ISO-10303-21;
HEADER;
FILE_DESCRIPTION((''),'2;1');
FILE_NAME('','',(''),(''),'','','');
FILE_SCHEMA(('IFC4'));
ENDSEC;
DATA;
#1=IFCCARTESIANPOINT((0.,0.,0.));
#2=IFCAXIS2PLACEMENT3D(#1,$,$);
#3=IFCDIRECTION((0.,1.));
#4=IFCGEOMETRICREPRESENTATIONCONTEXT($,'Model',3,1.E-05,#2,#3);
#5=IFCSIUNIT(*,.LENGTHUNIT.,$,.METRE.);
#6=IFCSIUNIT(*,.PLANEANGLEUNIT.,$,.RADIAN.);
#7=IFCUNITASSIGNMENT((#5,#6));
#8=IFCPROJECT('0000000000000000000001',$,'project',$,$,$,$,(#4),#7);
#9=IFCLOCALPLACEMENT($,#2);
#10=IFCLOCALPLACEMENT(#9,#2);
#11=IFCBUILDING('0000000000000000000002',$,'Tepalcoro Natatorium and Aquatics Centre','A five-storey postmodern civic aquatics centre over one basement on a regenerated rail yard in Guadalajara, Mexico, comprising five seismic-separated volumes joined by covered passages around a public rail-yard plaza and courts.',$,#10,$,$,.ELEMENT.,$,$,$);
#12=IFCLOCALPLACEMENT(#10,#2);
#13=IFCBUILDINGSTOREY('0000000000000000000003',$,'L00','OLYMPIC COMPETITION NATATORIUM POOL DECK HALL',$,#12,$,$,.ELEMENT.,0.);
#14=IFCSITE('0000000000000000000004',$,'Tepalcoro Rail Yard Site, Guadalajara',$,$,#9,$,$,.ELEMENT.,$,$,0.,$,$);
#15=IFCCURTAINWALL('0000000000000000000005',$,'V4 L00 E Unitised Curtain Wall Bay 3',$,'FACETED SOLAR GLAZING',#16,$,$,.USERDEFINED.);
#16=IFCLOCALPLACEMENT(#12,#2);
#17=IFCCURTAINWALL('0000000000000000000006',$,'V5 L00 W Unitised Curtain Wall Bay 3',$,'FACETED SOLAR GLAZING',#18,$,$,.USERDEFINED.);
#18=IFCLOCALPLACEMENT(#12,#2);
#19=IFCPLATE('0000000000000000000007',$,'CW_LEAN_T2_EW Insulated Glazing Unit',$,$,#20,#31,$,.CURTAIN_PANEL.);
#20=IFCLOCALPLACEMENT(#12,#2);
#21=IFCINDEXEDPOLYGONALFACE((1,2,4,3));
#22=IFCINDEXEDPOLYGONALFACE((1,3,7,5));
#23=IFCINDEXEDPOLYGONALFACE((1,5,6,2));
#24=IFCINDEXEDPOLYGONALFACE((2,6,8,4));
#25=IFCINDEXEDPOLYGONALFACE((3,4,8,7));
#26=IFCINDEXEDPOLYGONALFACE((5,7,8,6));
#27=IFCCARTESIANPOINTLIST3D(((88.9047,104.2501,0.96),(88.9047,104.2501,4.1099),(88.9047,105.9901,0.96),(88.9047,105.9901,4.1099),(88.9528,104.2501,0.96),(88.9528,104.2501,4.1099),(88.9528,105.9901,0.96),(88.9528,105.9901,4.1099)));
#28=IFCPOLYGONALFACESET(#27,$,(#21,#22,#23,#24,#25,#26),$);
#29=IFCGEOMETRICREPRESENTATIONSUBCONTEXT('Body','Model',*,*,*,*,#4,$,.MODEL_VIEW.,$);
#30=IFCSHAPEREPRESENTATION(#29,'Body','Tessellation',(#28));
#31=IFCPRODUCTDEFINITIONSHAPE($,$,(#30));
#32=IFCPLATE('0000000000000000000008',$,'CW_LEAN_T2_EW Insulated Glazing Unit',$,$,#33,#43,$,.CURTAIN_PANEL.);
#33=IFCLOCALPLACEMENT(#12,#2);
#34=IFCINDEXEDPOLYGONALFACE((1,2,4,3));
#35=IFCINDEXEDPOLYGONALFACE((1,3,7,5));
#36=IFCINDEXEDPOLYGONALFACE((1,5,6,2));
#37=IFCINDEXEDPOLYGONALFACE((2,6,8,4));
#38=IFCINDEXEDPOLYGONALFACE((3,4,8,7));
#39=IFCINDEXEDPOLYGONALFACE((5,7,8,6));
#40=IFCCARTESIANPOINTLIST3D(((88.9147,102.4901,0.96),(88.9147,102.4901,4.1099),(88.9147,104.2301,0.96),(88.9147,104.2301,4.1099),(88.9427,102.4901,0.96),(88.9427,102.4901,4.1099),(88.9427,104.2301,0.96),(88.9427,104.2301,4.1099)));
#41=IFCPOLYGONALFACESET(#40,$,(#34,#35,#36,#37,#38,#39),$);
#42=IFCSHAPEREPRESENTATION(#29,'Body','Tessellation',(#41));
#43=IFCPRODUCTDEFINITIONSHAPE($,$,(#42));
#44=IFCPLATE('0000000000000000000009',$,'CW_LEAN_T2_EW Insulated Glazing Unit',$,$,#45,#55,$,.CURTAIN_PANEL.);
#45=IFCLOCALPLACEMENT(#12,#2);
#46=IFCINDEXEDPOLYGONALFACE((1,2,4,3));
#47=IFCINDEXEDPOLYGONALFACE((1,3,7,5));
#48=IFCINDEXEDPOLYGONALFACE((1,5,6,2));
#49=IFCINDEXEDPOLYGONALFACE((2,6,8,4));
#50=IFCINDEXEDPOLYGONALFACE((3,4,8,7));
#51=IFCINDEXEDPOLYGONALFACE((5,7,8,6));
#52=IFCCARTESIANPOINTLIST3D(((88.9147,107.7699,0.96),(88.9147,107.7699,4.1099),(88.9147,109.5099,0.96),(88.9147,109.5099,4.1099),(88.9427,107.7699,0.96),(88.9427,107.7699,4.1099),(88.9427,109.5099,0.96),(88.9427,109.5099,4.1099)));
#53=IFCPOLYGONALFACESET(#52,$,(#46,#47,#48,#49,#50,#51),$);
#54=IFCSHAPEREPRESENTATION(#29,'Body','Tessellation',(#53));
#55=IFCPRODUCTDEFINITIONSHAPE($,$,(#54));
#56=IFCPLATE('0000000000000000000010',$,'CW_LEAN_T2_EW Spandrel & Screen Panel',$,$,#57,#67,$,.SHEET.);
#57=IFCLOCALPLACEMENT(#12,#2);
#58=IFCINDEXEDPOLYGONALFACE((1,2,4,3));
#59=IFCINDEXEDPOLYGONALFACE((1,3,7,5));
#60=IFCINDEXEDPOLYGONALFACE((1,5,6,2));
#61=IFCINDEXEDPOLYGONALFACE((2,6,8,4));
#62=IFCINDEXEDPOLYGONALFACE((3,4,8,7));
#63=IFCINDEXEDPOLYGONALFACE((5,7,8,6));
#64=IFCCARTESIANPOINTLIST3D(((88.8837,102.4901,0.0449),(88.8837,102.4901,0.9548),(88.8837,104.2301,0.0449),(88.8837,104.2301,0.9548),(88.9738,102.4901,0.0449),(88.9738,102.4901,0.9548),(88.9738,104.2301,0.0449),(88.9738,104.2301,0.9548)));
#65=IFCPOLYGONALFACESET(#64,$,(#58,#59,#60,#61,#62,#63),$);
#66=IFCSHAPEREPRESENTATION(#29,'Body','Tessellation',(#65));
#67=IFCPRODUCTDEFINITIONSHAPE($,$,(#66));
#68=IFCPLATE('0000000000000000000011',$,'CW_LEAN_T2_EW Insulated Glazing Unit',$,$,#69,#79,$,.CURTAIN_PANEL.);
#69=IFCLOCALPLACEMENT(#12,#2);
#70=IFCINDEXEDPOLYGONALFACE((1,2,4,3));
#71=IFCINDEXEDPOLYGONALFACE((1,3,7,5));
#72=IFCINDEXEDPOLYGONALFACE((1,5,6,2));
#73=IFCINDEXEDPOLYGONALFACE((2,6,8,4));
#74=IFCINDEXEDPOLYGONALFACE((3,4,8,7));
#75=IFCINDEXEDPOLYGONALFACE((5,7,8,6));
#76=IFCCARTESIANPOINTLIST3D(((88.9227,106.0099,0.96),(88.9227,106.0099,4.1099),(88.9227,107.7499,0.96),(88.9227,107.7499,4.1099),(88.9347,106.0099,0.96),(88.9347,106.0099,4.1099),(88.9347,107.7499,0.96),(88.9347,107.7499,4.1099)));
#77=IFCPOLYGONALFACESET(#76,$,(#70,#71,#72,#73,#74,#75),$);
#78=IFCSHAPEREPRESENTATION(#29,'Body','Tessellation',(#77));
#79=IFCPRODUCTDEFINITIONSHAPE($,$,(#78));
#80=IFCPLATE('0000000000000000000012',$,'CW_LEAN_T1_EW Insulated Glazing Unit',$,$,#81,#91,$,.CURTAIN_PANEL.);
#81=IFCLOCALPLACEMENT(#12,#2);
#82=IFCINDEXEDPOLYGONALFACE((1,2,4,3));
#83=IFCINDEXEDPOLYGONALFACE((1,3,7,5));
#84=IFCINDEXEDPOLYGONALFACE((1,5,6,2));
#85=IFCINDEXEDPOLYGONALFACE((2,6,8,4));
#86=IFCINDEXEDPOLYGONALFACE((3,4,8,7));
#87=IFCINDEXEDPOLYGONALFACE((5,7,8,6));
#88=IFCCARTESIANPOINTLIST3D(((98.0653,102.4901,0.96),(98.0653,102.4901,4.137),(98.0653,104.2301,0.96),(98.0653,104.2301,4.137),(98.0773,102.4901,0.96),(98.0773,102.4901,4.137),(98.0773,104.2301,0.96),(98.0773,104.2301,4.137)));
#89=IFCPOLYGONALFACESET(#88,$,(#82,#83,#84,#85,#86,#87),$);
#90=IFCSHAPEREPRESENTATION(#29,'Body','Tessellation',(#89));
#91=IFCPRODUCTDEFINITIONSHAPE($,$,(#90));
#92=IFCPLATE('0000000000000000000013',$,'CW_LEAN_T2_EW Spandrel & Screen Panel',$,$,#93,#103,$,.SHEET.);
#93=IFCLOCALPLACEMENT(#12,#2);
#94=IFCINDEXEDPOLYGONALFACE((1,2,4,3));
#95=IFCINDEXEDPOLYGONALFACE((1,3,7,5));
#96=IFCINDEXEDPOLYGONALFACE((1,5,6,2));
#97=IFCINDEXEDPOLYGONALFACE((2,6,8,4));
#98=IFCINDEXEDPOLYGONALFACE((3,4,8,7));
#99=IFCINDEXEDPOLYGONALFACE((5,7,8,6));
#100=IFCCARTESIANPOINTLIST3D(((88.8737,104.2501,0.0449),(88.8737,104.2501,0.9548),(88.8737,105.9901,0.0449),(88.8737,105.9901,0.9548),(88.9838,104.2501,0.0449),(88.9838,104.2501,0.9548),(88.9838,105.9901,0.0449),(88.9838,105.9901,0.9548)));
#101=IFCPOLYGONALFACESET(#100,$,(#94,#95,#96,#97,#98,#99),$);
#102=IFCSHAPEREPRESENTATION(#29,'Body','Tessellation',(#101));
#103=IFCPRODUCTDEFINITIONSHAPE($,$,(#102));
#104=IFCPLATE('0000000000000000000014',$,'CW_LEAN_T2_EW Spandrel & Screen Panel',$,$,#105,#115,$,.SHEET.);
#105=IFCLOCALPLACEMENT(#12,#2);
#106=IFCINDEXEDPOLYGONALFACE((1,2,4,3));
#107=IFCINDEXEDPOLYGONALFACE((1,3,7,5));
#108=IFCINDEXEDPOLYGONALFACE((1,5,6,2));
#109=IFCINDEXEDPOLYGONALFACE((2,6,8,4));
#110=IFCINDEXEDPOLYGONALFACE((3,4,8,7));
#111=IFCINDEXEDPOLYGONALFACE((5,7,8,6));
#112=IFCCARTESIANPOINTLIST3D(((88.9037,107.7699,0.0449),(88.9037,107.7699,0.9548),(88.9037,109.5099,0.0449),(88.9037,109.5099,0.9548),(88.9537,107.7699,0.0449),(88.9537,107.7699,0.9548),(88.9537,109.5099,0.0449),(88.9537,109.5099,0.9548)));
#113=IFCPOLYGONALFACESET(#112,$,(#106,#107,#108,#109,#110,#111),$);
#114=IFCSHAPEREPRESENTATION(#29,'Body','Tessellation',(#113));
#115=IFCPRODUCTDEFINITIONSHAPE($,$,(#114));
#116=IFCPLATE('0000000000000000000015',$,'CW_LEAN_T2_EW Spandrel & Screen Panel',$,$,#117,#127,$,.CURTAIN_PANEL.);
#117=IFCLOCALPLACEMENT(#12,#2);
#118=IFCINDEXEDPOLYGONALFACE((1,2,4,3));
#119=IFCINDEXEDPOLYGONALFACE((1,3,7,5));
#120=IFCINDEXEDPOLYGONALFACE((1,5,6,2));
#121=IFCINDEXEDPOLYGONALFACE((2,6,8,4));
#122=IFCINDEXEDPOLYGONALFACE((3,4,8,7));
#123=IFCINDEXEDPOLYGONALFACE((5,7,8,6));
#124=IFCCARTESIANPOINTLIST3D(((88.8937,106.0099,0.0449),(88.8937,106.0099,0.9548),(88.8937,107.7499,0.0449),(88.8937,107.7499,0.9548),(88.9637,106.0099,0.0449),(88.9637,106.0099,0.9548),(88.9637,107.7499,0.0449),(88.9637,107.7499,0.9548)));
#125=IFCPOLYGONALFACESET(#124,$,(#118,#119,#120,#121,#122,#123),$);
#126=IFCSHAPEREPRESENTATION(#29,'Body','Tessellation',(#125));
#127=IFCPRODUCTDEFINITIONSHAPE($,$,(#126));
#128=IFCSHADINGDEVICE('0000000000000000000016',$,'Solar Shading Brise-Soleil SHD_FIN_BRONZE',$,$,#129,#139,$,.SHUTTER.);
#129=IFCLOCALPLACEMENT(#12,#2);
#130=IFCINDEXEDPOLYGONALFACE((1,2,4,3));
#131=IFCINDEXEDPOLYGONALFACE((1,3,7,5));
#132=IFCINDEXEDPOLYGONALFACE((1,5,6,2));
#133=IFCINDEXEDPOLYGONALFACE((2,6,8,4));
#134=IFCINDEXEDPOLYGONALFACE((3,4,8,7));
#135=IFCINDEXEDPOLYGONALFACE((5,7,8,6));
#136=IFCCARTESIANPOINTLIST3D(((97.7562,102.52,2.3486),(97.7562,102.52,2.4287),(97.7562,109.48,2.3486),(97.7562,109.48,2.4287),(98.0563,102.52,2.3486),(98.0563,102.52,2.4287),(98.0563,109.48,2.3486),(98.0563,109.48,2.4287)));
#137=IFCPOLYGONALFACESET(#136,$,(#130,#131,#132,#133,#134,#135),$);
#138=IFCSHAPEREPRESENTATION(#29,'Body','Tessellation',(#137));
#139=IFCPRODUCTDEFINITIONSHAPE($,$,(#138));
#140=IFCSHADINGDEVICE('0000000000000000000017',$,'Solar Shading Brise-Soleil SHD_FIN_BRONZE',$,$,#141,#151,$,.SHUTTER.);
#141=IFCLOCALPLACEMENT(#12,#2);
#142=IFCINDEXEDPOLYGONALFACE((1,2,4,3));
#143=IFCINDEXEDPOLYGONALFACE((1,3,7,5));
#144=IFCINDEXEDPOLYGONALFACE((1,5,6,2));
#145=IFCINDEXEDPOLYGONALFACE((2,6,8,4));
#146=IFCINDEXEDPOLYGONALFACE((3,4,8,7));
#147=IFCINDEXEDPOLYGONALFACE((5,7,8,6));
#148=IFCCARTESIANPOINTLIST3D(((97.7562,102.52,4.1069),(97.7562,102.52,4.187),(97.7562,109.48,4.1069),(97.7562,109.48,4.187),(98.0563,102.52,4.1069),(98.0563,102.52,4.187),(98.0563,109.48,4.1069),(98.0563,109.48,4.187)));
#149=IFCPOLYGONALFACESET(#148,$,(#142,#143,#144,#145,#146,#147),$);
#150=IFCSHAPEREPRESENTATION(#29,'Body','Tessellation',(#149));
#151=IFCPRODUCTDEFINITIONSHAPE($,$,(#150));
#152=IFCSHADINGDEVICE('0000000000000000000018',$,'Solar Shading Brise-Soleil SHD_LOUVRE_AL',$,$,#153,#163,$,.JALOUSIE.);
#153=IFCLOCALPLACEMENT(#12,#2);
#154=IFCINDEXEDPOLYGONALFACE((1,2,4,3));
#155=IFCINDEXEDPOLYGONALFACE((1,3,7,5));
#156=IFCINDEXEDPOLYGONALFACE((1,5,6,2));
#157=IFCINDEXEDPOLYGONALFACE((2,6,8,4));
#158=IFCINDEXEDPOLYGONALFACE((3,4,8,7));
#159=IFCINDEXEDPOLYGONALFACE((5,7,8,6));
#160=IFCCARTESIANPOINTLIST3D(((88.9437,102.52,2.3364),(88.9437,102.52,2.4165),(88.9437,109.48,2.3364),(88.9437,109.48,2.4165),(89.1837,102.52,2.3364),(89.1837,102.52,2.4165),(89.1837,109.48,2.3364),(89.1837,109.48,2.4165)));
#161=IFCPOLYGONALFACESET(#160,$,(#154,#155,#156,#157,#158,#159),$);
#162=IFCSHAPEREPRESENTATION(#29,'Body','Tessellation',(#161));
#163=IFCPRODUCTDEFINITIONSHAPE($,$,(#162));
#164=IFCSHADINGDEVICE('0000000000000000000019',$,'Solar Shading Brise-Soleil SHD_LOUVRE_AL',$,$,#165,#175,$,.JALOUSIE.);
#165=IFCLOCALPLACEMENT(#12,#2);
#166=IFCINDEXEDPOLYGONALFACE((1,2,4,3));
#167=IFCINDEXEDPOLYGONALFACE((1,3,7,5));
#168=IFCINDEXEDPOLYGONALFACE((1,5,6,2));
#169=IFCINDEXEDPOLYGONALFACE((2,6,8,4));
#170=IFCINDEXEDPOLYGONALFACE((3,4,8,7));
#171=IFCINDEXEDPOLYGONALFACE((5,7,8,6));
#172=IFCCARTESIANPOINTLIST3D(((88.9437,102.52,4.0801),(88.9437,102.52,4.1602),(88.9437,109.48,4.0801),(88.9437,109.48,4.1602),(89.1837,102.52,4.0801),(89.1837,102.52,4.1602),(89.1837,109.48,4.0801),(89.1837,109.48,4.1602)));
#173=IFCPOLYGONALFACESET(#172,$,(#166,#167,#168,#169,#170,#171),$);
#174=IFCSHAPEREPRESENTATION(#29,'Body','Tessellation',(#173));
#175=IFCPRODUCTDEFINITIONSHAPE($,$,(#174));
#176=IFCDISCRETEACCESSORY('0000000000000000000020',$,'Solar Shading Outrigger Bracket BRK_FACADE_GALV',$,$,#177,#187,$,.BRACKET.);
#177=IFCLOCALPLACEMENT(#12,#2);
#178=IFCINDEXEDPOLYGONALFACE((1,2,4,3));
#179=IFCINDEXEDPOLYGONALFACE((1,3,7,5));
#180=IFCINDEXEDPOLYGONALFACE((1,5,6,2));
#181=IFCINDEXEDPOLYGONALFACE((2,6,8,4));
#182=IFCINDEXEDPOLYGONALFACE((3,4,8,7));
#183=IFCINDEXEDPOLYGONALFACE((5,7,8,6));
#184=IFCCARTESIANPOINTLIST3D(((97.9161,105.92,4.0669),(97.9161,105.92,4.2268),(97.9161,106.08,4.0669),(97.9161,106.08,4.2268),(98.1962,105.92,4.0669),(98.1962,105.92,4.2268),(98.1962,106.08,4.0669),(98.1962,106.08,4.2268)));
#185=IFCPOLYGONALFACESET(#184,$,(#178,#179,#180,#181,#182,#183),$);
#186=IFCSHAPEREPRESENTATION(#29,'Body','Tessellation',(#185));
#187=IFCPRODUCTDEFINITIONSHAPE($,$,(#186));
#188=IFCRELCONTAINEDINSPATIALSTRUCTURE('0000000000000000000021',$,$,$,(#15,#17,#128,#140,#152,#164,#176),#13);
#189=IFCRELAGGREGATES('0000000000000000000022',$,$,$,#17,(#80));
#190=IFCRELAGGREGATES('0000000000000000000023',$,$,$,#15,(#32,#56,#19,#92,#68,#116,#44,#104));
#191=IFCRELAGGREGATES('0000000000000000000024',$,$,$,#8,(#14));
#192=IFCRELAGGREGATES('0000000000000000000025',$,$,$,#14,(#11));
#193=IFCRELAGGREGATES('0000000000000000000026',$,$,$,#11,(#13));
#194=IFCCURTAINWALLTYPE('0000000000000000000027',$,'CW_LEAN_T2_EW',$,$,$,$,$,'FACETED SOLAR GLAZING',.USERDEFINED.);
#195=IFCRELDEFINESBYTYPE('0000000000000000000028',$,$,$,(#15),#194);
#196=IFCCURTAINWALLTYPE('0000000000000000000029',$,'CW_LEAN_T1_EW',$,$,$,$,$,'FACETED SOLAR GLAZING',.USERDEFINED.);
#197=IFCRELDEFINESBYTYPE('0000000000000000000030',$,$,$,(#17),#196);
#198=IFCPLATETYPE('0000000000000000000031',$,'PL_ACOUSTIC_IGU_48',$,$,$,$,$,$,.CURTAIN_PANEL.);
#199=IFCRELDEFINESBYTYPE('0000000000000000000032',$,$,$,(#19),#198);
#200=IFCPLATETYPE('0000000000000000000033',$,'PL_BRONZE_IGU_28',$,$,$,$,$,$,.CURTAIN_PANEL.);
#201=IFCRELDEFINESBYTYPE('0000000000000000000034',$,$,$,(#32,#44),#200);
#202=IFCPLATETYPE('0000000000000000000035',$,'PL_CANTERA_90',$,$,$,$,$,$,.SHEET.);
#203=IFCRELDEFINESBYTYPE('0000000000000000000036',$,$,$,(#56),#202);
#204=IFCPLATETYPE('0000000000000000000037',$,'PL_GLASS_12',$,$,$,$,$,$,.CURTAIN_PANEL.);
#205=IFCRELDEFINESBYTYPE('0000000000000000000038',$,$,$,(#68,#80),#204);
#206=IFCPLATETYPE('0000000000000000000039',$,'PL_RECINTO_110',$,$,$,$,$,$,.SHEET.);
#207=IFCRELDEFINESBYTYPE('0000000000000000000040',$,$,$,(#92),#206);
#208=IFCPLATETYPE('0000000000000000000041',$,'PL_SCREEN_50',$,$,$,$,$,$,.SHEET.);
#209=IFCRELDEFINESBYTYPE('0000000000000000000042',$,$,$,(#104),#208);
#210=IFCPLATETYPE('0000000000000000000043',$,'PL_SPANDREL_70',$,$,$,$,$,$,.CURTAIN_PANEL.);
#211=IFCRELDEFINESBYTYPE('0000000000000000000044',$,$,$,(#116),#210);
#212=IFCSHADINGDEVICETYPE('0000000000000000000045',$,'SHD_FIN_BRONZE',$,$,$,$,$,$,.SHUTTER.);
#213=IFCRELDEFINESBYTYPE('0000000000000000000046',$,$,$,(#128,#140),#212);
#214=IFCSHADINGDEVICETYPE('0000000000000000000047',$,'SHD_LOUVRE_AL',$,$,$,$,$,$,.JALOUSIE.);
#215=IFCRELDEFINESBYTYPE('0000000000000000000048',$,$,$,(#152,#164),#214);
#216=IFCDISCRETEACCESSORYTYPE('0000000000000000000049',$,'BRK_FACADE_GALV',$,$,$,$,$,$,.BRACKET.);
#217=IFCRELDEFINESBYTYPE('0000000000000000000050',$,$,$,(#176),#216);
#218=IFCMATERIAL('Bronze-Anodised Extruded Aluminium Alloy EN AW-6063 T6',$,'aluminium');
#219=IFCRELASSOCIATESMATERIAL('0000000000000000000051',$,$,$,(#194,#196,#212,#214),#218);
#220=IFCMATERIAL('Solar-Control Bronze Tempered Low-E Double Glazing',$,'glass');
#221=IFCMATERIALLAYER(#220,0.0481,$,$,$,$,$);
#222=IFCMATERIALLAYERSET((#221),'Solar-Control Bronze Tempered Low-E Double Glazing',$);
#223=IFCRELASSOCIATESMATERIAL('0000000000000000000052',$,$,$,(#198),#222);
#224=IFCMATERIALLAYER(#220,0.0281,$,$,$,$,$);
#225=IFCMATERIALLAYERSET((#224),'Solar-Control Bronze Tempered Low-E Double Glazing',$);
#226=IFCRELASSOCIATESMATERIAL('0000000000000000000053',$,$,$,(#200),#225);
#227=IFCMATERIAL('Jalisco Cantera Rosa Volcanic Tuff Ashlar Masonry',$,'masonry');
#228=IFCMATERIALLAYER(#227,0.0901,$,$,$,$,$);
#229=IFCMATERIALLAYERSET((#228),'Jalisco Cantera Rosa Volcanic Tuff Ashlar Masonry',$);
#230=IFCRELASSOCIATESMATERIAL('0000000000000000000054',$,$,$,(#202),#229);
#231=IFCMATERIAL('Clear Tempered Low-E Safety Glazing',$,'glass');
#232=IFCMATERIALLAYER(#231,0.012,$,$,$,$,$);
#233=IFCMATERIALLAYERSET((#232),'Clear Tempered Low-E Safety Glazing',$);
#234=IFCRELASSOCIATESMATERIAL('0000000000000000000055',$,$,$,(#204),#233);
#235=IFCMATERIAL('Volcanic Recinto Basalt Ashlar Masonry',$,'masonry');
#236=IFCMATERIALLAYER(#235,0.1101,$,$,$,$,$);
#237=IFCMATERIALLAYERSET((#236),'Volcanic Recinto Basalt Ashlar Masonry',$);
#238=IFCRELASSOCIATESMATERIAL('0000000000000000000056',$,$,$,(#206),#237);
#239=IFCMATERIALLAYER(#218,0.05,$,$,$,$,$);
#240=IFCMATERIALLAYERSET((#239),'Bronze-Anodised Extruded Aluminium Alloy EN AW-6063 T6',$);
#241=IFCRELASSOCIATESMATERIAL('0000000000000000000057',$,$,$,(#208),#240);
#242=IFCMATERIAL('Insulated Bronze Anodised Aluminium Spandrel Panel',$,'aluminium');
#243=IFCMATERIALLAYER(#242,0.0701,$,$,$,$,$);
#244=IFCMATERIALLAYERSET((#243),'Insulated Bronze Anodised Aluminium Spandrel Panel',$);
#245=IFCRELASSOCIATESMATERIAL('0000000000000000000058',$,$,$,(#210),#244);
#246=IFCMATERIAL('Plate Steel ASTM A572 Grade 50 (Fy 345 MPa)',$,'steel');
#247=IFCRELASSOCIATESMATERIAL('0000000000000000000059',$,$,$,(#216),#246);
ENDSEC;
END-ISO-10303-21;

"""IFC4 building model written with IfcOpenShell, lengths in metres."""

from ifc_helpers import new_model, si_unit, direction, frame, origin, origin_2d, place, context, subcontext, project, spatial, rectangle, extrude, material, layer, layer_set, type_object, element, aggregate, save


model = new_model("IFC4")

# Units and contexts
model_context = context("Model", 3, precision=1e-05, world=origin(), true_north=direction((0.0, 1.0)))
body_context = subcontext(model_context, "Body", "Model", "MODEL_VIEW")
ifc_project = project(units=[si_unit("LENGTHUNIT", "METRE"), si_unit("PLANEANGLEUNIT", "RADIAN")], contexts=[model_context])

# Site, building, storey
site_placement = place(None, origin())
site = spatial("IfcSite", under=ifc_project, at=site_placement, Name="Tepalcoro Rail Yard Site, Guadalajara", CompositionType="ELEMENT", RefElevation=0.0)
building_placement = place(site_placement, origin())
building = spatial("IfcBuilding", under=site, at=building_placement, Name="Tepalcoro Natatorium and Aquatics Centre", Description="A five-storey postmodern civic aquatics centre over one basement on a regenerated rail yard in Guadalajara, Mexico, comprising five seismic-separated volumes joined by covered passages around a public rail-yard plaza and courts.", CompositionType="ELEMENT")
storey_placement = place(building_placement, origin())
storey = spatial("IfcBuildingStorey", under=building, at=storey_placement, Name="L00", Description="OLYMPIC COMPETITION NATATORIUM POOL DECK HALL", CompositionType="ELEMENT", Elevation=0.0)

# Curtain walls
ifc_material_1 = material(Name="Bronze-Anodised Extruded Aluminium Alloy EN AW-6063 T6", Category="aluminium")
curtain_wall_type_1 = type_object("IfcCurtainWallType", Name="CW_LEAN_T2_EW", ElementType="FACETED SOLAR GLAZING", PredefinedType="USERDEFINED", material=ifc_material_1)
curtain_wall_1_placement = place(storey_placement, origin())
curtain_wall_1 = element("IfcCurtainWall", 1, at=curtain_wall_1_placement, inside=storey, type_object=curtain_wall_type_1, Name="V4 L00 E Unitised Curtain Wall Bay 3", ObjectType="FACETED SOLAR GLAZING", PredefinedType="USERDEFINED")
curtain_wall_type_2 = type_object("IfcCurtainWallType", Name="CW_LEAN_T1_EW", ElementType="FACETED SOLAR GLAZING", PredefinedType="USERDEFINED", material=ifc_material_1)
curtain_wall_2_placement = place(storey_placement, origin())
curtain_wall_2 = element("IfcCurtainWall", 2, at=curtain_wall_2_placement, inside=storey, type_object=curtain_wall_type_2, Name="V5 L00 W Unitised Curtain Wall Bay 3", ObjectType="FACETED SOLAR GLAZING", PredefinedType="USERDEFINED")

# Plates
ifc_material_2 = material(Name="Solar-Control Bronze Tempered Low-E Double Glazing", Category="glass")
ifc_layer_1 = layer(ifc_material_2, 0.0481)
ifc_layer_set_1 = layer_set([ifc_layer_1], Name="Solar-Control Bronze Tempered Low-E Double Glazing")
plate_type_1 = type_object("IfcPlateType", Name="PL_ACOUSTIC_IGU_48", PredefinedType="CURTAIN_PANEL", material=ifc_layer_set_1)
plate_1_placement = place(storey_placement, frame((88.9287, 105.1201, 0.96), z_axis=(0.0, 0.0, 1.0), x_axis=(1.0, 0.0, 0.0)))
plate_1 = element("IfcPlate", 3, at=plate_1_placement, type_object=plate_type_1, Name="CW_LEAN_T2_EW Insulated Glazing Unit", PredefinedType="CURTAIN_PANEL", context=body_context, shape_type="SweptSolid", body=[
    extrude(rectangle(XDim=0.0481, YDim=1.74, at=origin_2d()), origin(), (0.0, 0.0, 1.0), 3.1499),
])
ifc_layer_2 = layer(ifc_material_2, 0.0281)
ifc_layer_set_2 = layer_set([ifc_layer_2], Name="Solar-Control Bronze Tempered Low-E Double Glazing")
plate_type_2 = type_object("IfcPlateType", Name="PL_BRONZE_IGU_28", PredefinedType="CURTAIN_PANEL", material=ifc_layer_set_2)
plate_2_placement = place(storey_placement, frame((88.9287, 103.3601, 0.96), z_axis=(0.0, 0.0, 1.0), x_axis=(1.0, 0.0, 0.0)))
plate_2 = element("IfcPlate", 4, at=plate_2_placement, type_object=plate_type_2, Name="CW_LEAN_T2_EW Insulated Glazing Unit", PredefinedType="CURTAIN_PANEL", context=body_context, shape_type="SweptSolid", body=[
    extrude(rectangle(XDim=0.0281, YDim=1.74, at=origin_2d()), origin(), (0.0, 0.0, 1.0), 3.1499),
])
plate_3_placement = place(storey_placement, frame((88.9287, 108.6399, 0.96), z_axis=(0.0, 0.0, 1.0), x_axis=(1.0, 0.0, 0.0)))
plate_3 = element("IfcPlate", 5, at=plate_3_placement, type_object=plate_type_2, Name="CW_LEAN_T2_EW Insulated Glazing Unit", PredefinedType="CURTAIN_PANEL", context=body_context, shape_type="SweptSolid", body=[
    extrude(rectangle(XDim=0.0281, YDim=1.74, at=origin_2d()), origin(), (0.0, 0.0, 1.0), 3.1499),
])
ifc_material_3 = material(Name="Jalisco Cantera Rosa Volcanic Tuff Ashlar Masonry", Category="masonry")
ifc_layer_3 = layer(ifc_material_3, 0.0901)
ifc_layer_set_3 = layer_set([ifc_layer_3], Name="Jalisco Cantera Rosa Volcanic Tuff Ashlar Masonry")
plate_type_3 = type_object("IfcPlateType", Name="PL_CANTERA_90", PredefinedType="SHEET", material=ifc_layer_set_3)
plate_4_placement = place(storey_placement, frame((88.9287, 103.3601, 0.0449), z_axis=(0.0, 0.0, 1.0), x_axis=(1.0, 0.0, 0.0)))
plate_4 = element("IfcPlate", 6, at=plate_4_placement, type_object=plate_type_3, Name="CW_LEAN_T2_EW Spandrel & Screen Panel", PredefinedType="SHEET", context=body_context, shape_type="SweptSolid", body=[
    extrude(rectangle(XDim=0.0901, YDim=1.74, at=origin_2d()), origin(), (0.0, 0.0, 1.0), 0.9099),
])
ifc_material_4 = material(Name="Clear Tempered Low-E Safety Glazing", Category="glass")
ifc_layer_4 = layer(ifc_material_4, 0.012)
ifc_layer_set_4 = layer_set([ifc_layer_4], Name="Clear Tempered Low-E Safety Glazing")
plate_type_4 = type_object("IfcPlateType", Name="PL_GLASS_12", PredefinedType="CURTAIN_PANEL", material=ifc_layer_set_4)
plate_5_placement = place(storey_placement, frame((88.9287, 106.8799, 0.96), z_axis=(0.0, 0.0, 1.0), x_axis=(1.0, 0.0, 0.0)))
plate_5 = element("IfcPlate", 7, at=plate_5_placement, type_object=plate_type_4, Name="CW_LEAN_T2_EW Insulated Glazing Unit", PredefinedType="CURTAIN_PANEL", context=body_context, shape_type="SweptSolid", body=[
    extrude(rectangle(XDim=0.012, YDim=1.74, at=origin_2d()), origin(), (0.0, 0.0, 1.0), 3.1499),
])
plate_6_placement = place(storey_placement, frame((98.0713, 103.3601, 0.96), z_axis=(0.0, 0.0, 1.0), x_axis=(1.0, 0.0, 0.0)))
plate_6 = element("IfcPlate", 8, at=plate_6_placement, type_object=plate_type_4, Name="CW_LEAN_T1_EW Insulated Glazing Unit", PredefinedType="CURTAIN_PANEL", context=body_context, shape_type="SweptSolid", body=[
    extrude(rectangle(XDim=0.012, YDim=1.74, at=origin_2d()), origin(), (0.0, 0.0, 1.0), 3.177),
])
aggregate(curtain_wall_2, [plate_6])
ifc_material_5 = material(Name="Volcanic Recinto Basalt Ashlar Masonry", Category="masonry")
ifc_layer_5 = layer(ifc_material_5, 0.1101)
ifc_layer_set_5 = layer_set([ifc_layer_5], Name="Volcanic Recinto Basalt Ashlar Masonry")
plate_type_5 = type_object("IfcPlateType", Name="PL_RECINTO_110", PredefinedType="SHEET", material=ifc_layer_set_5)
plate_7_placement = place(storey_placement, frame((88.9287, 105.1201, 0.0449), z_axis=(0.0, 0.0, 1.0), x_axis=(1.0, 0.0, 0.0)))
plate_7 = element("IfcPlate", 9, at=plate_7_placement, type_object=plate_type_5, Name="CW_LEAN_T2_EW Spandrel & Screen Panel", PredefinedType="SHEET", context=body_context, shape_type="SweptSolid", body=[
    extrude(rectangle(XDim=0.1101, YDim=1.74, at=origin_2d()), origin(), (0.0, 0.0, 1.0), 0.9099),
])
ifc_layer_6 = layer(ifc_material_1, 0.05)
ifc_layer_set_6 = layer_set([ifc_layer_6], Name="Bronze-Anodised Extruded Aluminium Alloy EN AW-6063 T6")
plate_type_6 = type_object("IfcPlateType", Name="PL_SCREEN_50", PredefinedType="SHEET", material=ifc_layer_set_6)
plate_8_placement = place(storey_placement, frame((88.9287, 108.6399, 0.0449), z_axis=(0.0, 0.0, 1.0), x_axis=(1.0, 0.0, 0.0)))
plate_8 = element("IfcPlate", 10, at=plate_8_placement, type_object=plate_type_6, Name="CW_LEAN_T2_EW Spandrel & Screen Panel", PredefinedType="SHEET", context=body_context, shape_type="SweptSolid", body=[
    extrude(rectangle(XDim=0.05, YDim=1.74, at=origin_2d()), origin(), (0.0, 0.0, 1.0), 0.9099),
])
ifc_material_6 = material(Name="Insulated Bronze Anodised Aluminium Spandrel Panel", Category="aluminium")
ifc_layer_7 = layer(ifc_material_6, 0.0701)
ifc_layer_set_7 = layer_set([ifc_layer_7], Name="Insulated Bronze Anodised Aluminium Spandrel Panel")
plate_type_7 = type_object("IfcPlateType", Name="PL_SPANDREL_70", PredefinedType="CURTAIN_PANEL", material=ifc_layer_set_7)
plate_9_placement = place(storey_placement, frame((88.9287, 106.8799, 0.0449), z_axis=(0.0, 0.0, 1.0), x_axis=(1.0, 0.0, 0.0)))
plate_9 = element("IfcPlate", 11, at=plate_9_placement, type_object=plate_type_7, Name="CW_LEAN_T2_EW Spandrel & Screen Panel", PredefinedType="CURTAIN_PANEL", context=body_context, shape_type="SweptSolid", body=[
    extrude(rectangle(XDim=0.0701, YDim=1.74, at=origin_2d()), origin(), (0.0, 0.0, 1.0), 0.9099),
])
aggregate(curtain_wall_1, [plate_2, plate_4, plate_1, plate_7, plate_5, plate_9, plate_3, plate_8])

# Shading devices
shading_device_type_1 = type_object("IfcShadingDeviceType", Name="SHD_FIN_BRONZE", PredefinedType="SHUTTER", material=ifc_material_1)
for number, where, z_axis, x_axis, name in (
    (12, (97.9062, 106.0, 2.3486), (0.0, 0.0, 1.0), (1.0, 0.0, 0.0), "Solar Shading Brise-Soleil SHD_FIN_BRONZE"),
    (13, (97.9062, 106.0, 4.1069), (0.0, 0.0, 1.0), (1.0, 0.0, 0.0), "Solar Shading Brise-Soleil SHD_FIN_BRONZE"),
):
    element("IfcShadingDevice", number, at=place(storey_placement, frame(where, z_axis=z_axis, x_axis=x_axis)), inside=storey, type_object=shading_device_type_1, Name=name, PredefinedType="SHUTTER", context=body_context, shape_type="SweptSolid", body=[
        extrude(rectangle(XDim=0.3, YDim=6.96, at=origin_2d()), origin(), (0.0, 0.0, 1.0), 0.0801),
    ])
shading_device_type_2 = type_object("IfcShadingDeviceType", Name="SHD_LOUVRE_AL", PredefinedType="JALOUSIE", material=ifc_material_1)
for number, where, z_axis, x_axis, name in (
    (14, (89.0637, 106.0, 2.3364), (0.0, 0.0, 1.0), (1.0, 0.0, 0.0), "Solar Shading Brise-Soleil SHD_LOUVRE_AL"),
    (15, (89.0637, 106.0, 4.0801), (0.0, 0.0, 1.0), (1.0, 0.0, 0.0), "Solar Shading Brise-Soleil SHD_LOUVRE_AL"),
):
    element("IfcShadingDevice", number, at=place(storey_placement, frame(where, z_axis=z_axis, x_axis=x_axis)), inside=storey, type_object=shading_device_type_2, Name=name, PredefinedType="JALOUSIE", context=body_context, shape_type="SweptSolid", body=[
        extrude(rectangle(XDim=0.24, YDim=6.96, at=origin_2d()), origin(), (0.0, 0.0, 1.0), 0.0801),
    ])

# Discrete accessory
ifc_material_7 = material(Name="Plate Steel ASTM A572 Grade 50 (Fy 345 MPa)", Category="steel")
discrete_accessory_type_1 = type_object("IfcDiscreteAccessoryType", Name="BRK_FACADE_GALV", PredefinedType="BRACKET", material=ifc_material_7)
discrete_accessory_1_placement = place(storey_placement, frame((98.0562, 106.0, 4.0669), z_axis=(0.0, 0.0, 1.0), x_axis=(1.0, 0.0, 0.0)))
element("IfcDiscreteAccessory", 16, at=discrete_accessory_1_placement, inside=storey, type_object=discrete_accessory_type_1, Name="Solar Shading Outrigger Bracket BRK_FACADE_GALV", PredefinedType="BRACKET", context=body_context, shape_type="SweptSolid", body=[
    extrude(rectangle(XDim=0.28, YDim=0.1599, at=origin_2d()), origin(), (0.0, 0.0, 1.0), 0.1599),
])

save(model, "model.ifc")
